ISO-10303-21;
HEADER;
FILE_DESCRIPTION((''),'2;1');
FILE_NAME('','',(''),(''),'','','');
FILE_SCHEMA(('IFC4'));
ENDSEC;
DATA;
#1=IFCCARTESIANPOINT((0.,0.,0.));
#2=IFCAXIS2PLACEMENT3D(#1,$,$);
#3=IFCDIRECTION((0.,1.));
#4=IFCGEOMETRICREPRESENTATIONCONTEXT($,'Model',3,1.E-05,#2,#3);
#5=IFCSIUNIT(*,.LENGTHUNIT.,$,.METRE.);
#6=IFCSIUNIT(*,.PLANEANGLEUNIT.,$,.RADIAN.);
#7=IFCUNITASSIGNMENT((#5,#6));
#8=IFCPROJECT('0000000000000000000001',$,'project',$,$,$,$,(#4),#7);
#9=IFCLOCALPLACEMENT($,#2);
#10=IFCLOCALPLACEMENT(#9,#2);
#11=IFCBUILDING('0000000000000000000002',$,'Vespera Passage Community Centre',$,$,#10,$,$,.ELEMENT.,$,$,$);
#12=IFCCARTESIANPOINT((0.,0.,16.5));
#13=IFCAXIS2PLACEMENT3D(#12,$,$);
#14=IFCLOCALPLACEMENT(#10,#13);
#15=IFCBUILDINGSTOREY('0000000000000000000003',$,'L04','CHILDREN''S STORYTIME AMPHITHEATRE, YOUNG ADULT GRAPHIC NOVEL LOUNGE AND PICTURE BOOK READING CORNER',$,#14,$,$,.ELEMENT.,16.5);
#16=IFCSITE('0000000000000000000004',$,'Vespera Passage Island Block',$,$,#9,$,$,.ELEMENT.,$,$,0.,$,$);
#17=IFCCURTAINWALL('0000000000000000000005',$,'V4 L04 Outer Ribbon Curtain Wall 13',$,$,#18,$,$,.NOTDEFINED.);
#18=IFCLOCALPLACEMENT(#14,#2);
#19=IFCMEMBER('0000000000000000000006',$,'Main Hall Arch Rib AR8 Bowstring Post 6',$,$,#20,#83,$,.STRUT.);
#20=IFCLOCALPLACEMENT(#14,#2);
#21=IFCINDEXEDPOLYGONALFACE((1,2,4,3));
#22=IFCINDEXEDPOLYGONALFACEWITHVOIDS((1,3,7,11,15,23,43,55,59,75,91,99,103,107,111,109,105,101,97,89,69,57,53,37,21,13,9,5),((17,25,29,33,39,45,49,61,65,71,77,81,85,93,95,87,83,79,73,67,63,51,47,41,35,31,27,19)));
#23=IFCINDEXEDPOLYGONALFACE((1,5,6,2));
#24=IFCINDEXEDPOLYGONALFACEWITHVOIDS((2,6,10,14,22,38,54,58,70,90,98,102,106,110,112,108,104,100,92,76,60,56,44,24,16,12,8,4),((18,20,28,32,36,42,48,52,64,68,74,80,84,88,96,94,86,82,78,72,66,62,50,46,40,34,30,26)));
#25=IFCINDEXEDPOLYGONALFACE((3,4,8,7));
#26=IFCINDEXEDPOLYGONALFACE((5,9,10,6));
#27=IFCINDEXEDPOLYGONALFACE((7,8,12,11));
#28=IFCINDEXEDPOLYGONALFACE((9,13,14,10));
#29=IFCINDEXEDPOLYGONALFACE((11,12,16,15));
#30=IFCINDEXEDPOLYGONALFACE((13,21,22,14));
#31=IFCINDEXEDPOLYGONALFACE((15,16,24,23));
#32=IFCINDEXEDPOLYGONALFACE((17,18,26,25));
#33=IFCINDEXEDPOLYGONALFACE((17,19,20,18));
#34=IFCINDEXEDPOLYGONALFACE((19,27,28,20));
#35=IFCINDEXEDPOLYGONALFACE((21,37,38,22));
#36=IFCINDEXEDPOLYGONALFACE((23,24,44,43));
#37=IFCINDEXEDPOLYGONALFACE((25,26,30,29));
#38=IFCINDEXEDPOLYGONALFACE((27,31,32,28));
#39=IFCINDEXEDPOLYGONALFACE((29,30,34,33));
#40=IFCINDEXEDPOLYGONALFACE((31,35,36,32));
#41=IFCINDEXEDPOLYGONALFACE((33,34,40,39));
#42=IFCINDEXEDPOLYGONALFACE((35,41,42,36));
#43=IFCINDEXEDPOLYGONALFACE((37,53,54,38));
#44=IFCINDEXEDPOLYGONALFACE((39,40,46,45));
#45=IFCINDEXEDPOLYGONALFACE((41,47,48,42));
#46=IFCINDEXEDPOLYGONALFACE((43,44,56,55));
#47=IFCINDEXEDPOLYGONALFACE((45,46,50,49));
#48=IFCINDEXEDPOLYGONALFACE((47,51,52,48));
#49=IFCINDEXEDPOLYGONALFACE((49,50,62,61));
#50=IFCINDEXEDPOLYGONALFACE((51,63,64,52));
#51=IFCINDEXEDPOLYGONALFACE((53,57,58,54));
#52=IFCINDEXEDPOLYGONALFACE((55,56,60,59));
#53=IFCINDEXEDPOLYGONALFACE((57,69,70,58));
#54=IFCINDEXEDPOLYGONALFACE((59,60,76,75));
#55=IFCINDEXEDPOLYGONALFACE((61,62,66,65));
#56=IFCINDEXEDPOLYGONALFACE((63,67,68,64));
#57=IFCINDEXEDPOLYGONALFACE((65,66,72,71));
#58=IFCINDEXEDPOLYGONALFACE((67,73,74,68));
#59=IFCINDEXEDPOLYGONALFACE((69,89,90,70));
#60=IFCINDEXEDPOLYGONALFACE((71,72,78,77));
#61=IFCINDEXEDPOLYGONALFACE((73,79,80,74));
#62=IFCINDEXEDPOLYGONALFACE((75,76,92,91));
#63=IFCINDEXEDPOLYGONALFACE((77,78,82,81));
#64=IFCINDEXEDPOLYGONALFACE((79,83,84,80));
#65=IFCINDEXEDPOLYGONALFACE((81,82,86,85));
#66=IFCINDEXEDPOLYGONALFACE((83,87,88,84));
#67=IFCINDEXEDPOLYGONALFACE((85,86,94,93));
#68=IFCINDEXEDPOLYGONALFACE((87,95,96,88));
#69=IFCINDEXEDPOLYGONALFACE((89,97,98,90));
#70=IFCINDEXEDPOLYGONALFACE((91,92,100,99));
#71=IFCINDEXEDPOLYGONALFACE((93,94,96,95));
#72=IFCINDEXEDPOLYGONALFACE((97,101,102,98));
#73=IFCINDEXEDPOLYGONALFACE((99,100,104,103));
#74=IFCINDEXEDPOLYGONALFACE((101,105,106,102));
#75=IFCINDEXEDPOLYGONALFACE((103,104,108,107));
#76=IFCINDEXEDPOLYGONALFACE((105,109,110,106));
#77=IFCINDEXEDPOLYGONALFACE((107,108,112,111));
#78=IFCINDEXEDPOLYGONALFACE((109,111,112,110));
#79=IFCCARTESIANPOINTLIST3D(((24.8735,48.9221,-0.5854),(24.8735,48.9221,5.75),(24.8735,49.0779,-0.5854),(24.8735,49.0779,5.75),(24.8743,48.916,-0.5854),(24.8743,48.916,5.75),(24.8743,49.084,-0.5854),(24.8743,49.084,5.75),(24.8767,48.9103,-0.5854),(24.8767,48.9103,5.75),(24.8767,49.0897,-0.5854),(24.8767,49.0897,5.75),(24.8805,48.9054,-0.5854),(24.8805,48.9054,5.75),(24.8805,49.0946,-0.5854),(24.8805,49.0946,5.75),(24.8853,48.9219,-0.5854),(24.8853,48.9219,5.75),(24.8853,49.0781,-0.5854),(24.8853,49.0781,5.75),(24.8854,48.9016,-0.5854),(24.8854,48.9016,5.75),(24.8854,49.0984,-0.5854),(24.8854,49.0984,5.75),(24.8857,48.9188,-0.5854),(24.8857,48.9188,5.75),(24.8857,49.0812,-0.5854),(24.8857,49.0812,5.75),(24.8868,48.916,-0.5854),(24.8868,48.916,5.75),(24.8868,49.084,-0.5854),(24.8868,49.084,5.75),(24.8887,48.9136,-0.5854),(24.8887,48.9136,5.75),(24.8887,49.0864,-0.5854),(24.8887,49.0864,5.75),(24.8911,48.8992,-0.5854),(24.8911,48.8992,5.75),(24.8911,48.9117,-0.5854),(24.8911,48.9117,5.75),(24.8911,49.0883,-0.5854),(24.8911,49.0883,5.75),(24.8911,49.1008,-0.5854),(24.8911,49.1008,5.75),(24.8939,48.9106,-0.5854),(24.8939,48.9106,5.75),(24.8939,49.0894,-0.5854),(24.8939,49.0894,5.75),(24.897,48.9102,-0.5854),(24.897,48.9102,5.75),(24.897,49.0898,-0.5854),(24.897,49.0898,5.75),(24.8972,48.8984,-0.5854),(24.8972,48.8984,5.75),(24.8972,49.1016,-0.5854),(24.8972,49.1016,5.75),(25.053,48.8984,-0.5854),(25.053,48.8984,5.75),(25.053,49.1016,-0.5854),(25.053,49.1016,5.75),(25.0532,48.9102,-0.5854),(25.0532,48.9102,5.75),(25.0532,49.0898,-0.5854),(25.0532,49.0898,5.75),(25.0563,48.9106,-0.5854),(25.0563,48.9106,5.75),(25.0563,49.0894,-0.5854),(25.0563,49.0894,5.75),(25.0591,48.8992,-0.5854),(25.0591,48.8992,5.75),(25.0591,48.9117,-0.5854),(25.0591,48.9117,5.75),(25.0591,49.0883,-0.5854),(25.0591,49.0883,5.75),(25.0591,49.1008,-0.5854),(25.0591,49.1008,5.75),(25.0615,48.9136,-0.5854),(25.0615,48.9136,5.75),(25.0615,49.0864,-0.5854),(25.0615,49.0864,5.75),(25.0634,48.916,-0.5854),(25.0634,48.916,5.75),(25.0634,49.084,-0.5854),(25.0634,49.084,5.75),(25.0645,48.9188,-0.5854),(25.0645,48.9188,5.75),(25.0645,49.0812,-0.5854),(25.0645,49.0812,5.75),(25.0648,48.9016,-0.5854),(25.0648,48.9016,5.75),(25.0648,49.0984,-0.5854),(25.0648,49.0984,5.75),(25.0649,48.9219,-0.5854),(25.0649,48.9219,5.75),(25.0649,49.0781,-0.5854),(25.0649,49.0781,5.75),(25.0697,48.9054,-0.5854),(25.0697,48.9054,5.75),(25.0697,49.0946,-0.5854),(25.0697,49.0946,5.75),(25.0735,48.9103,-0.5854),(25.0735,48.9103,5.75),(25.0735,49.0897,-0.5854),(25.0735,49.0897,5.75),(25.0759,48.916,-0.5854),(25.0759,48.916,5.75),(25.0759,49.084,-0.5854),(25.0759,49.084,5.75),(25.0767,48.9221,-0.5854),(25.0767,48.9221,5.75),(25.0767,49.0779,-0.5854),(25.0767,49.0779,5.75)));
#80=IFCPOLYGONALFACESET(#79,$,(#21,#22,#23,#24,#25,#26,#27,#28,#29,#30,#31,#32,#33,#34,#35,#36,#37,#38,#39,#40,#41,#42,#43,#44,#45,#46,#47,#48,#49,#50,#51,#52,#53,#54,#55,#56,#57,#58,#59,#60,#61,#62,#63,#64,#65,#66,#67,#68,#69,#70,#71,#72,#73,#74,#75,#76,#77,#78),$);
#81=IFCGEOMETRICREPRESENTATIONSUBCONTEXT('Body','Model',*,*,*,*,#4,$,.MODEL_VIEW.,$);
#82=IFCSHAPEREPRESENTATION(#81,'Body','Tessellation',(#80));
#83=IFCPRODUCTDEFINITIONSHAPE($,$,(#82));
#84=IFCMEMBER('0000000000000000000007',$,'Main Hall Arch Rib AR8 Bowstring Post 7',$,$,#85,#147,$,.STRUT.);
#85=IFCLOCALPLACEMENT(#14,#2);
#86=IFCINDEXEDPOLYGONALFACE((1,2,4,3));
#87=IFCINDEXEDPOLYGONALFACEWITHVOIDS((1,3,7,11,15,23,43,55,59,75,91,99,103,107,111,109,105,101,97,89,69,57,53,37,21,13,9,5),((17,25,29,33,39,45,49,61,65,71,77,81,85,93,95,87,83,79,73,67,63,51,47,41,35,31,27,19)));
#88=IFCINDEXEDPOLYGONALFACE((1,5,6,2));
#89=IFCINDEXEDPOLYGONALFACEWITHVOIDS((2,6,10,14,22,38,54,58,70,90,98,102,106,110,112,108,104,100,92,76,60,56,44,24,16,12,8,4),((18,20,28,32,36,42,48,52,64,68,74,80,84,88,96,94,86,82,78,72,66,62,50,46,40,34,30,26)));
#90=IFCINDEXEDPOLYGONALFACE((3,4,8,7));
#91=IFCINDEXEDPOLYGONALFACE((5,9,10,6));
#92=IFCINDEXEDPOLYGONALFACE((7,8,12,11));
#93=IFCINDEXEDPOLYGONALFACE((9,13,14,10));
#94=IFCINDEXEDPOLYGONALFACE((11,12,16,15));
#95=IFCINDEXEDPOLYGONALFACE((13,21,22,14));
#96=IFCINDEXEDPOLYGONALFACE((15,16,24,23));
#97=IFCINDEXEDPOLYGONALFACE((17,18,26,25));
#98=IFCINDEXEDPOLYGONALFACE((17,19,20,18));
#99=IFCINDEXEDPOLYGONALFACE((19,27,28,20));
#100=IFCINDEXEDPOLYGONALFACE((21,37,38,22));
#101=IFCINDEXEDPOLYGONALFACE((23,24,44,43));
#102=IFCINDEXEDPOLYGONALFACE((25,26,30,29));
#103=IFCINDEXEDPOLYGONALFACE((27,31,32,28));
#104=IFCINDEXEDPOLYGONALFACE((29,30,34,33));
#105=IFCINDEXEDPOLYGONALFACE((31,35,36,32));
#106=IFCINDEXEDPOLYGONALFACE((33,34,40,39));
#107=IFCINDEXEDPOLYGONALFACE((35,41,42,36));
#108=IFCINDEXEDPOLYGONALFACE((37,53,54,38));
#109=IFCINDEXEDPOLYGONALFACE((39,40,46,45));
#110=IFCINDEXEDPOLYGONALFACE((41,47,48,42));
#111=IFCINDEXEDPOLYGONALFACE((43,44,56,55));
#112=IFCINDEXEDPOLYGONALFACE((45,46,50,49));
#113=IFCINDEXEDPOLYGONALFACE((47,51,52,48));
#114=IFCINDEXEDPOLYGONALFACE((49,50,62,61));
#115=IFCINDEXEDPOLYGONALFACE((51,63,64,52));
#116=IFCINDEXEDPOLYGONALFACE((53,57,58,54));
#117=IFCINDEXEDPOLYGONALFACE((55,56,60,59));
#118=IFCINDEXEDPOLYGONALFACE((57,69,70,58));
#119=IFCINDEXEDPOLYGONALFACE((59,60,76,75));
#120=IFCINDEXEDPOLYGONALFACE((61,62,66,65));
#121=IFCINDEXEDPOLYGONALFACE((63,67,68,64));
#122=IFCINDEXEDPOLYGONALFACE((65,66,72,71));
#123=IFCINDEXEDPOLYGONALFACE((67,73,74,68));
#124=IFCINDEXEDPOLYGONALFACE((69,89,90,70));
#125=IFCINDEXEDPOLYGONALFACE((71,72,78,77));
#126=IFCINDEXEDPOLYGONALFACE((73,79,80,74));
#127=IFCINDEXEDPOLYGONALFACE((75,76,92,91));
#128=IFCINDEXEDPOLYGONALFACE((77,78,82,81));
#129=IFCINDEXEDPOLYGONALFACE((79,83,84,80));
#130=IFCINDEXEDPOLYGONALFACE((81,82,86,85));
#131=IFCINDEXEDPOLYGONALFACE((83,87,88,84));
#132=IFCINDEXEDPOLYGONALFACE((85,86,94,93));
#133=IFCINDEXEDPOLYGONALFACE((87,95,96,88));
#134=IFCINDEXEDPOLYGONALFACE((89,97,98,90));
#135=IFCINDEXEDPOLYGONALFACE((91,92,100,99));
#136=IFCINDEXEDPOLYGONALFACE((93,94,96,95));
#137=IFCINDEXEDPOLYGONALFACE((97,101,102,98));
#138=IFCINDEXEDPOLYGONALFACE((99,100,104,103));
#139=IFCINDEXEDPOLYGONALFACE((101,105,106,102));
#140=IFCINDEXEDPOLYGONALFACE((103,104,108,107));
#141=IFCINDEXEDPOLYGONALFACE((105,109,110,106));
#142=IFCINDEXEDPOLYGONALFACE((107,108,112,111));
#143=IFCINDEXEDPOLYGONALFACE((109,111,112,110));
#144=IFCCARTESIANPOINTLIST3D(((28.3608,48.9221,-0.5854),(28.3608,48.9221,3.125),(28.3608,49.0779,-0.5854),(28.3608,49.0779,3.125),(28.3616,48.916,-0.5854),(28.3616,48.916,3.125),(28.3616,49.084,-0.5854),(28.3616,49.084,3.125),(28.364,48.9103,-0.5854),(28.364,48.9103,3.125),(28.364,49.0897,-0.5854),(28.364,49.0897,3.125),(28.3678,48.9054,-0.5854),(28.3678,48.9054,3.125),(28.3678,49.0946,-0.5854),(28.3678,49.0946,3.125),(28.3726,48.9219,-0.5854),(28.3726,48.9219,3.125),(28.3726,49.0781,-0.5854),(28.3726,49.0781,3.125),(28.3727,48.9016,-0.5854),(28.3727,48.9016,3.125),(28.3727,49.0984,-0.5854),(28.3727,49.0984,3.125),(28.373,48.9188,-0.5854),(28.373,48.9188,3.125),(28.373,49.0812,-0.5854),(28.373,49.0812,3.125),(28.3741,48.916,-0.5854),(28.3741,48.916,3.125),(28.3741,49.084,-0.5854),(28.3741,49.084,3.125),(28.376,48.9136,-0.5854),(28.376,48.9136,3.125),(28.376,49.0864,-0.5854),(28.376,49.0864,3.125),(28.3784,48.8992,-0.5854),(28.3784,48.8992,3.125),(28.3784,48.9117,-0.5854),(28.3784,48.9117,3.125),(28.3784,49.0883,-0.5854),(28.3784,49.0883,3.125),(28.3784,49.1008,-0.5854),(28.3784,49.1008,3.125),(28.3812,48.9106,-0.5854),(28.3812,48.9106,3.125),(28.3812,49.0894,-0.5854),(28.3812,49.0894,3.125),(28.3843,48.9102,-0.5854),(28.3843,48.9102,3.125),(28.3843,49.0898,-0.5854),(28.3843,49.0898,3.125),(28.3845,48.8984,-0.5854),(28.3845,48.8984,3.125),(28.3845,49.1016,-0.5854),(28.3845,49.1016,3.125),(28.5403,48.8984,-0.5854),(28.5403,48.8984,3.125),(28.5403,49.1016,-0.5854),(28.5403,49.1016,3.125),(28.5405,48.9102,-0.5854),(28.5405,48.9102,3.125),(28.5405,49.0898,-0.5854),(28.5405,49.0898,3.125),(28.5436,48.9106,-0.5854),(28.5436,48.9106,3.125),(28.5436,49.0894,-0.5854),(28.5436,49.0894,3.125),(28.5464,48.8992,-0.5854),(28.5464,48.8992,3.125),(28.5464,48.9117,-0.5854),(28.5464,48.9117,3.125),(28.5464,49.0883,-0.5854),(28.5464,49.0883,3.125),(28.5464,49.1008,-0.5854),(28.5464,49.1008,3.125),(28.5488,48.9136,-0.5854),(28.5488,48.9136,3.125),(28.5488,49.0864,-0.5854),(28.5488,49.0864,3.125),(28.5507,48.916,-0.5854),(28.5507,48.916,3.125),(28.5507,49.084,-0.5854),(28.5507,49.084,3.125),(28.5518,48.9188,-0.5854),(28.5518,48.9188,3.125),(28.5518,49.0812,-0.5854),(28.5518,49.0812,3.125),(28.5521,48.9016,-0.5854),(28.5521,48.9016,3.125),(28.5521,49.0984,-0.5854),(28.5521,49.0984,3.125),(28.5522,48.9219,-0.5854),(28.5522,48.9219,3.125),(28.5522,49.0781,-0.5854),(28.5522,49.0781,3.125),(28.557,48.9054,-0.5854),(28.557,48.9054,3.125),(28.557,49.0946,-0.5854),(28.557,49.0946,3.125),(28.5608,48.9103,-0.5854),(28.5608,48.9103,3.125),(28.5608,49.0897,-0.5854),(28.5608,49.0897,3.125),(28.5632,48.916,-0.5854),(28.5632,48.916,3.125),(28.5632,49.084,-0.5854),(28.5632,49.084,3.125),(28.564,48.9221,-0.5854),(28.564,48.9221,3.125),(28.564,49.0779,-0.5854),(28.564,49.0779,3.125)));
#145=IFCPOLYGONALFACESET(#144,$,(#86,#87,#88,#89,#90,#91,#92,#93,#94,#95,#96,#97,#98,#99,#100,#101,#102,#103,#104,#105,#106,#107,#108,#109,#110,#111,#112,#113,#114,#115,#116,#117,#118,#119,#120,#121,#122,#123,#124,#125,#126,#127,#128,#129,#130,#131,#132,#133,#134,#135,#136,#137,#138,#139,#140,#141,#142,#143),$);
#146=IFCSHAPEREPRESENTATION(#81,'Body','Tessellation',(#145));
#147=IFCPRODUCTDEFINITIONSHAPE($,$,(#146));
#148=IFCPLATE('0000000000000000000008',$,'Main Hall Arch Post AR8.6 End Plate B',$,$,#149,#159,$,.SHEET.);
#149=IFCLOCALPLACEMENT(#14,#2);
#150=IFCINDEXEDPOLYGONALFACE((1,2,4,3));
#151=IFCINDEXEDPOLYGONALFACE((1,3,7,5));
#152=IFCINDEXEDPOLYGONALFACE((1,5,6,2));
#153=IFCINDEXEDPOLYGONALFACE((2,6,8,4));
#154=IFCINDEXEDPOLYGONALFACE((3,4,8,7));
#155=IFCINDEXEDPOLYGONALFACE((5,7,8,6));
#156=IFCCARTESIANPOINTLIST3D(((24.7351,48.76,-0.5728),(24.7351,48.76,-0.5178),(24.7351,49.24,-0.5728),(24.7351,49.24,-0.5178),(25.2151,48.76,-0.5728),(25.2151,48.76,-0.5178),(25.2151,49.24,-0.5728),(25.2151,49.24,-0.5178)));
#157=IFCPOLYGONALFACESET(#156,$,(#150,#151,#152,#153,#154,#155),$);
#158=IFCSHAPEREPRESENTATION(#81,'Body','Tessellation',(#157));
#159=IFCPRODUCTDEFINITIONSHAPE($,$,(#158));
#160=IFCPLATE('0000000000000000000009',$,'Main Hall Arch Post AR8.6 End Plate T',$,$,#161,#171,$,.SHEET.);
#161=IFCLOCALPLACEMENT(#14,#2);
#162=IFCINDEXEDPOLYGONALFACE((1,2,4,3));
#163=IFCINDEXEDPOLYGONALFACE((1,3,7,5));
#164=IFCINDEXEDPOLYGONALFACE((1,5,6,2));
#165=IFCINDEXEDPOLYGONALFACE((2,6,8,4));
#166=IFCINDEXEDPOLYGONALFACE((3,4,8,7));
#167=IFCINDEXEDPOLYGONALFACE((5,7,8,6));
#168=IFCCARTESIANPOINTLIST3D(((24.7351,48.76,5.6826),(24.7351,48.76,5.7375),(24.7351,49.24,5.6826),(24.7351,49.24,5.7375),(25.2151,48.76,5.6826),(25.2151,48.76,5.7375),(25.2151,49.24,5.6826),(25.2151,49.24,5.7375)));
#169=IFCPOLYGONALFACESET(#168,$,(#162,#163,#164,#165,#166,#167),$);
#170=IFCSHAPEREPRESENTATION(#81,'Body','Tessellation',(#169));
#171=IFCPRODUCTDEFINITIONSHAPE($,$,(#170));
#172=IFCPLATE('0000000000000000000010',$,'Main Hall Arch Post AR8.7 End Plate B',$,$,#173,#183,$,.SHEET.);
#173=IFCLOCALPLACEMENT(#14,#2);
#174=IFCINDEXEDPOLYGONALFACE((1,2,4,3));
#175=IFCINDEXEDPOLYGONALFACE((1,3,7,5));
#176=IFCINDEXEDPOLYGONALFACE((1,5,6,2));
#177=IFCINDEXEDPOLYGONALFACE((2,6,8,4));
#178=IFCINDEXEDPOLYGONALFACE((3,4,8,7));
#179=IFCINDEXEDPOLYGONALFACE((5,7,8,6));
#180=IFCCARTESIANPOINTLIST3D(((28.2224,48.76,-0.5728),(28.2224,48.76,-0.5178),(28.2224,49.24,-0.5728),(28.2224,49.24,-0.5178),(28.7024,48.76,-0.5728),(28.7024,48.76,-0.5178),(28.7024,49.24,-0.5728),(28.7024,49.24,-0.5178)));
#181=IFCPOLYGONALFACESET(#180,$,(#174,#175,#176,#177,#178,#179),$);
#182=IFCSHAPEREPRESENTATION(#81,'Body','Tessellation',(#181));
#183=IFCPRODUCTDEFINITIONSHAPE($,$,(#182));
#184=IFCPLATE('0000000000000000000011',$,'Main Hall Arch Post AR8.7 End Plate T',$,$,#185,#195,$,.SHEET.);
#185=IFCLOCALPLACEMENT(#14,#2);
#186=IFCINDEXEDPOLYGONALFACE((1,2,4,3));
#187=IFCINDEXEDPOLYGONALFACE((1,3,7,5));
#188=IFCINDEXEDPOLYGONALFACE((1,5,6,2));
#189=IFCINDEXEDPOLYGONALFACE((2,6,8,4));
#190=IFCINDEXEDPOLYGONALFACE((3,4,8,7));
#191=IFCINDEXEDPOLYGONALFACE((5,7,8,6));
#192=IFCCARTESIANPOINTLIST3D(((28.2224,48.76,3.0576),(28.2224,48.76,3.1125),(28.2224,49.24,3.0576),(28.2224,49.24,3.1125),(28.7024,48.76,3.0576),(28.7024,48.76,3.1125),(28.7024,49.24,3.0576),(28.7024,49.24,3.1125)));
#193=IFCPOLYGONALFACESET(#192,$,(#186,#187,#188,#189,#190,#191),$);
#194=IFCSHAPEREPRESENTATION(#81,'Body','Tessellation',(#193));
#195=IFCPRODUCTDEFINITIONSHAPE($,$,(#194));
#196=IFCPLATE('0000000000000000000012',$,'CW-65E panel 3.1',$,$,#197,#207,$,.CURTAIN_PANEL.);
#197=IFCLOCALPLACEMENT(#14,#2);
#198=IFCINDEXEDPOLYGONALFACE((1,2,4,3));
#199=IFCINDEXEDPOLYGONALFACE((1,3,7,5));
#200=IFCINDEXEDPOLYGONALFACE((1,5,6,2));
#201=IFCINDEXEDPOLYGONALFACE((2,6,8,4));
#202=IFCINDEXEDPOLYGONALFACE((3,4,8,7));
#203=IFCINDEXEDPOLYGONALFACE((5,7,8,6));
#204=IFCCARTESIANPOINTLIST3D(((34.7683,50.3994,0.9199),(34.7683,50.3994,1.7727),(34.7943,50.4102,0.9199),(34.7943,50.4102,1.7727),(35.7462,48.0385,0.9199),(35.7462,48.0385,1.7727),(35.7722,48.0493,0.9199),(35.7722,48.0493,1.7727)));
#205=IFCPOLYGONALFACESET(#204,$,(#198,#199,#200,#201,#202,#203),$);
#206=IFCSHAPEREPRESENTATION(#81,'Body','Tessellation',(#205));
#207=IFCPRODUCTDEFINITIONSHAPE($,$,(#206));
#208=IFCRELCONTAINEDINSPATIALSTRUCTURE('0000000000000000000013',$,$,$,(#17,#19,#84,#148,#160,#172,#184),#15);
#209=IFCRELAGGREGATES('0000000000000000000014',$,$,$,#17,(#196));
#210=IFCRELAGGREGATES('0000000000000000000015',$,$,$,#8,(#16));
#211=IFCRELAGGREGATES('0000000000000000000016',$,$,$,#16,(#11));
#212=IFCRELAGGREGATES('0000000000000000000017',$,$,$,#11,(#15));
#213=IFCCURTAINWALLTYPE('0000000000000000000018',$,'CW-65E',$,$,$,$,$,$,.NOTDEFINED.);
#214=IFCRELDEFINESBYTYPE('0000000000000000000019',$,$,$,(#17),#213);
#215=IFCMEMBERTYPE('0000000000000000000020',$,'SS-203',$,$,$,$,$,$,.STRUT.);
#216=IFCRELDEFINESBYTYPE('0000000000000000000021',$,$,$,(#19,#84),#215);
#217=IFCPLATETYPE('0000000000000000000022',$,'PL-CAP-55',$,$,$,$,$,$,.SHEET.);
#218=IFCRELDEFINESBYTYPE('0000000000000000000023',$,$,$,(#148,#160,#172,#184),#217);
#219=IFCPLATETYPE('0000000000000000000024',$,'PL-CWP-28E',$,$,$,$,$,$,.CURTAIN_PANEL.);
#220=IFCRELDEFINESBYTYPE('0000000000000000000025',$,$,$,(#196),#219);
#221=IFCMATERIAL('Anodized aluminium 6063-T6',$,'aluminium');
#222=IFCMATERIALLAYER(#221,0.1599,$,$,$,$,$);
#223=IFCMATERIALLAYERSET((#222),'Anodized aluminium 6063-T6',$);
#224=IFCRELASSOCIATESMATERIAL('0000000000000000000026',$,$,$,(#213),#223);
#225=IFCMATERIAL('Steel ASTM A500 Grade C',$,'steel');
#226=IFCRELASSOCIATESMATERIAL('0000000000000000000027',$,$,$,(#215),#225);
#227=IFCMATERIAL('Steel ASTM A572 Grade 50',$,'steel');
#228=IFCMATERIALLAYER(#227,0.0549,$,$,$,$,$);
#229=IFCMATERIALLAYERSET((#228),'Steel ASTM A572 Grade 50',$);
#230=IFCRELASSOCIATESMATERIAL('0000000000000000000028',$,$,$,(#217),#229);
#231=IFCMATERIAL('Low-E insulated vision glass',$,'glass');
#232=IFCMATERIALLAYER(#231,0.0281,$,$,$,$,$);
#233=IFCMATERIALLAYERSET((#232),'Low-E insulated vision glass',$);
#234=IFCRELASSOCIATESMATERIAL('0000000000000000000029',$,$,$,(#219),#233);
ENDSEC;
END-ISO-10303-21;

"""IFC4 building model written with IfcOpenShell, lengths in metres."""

from ifc_helpers import new_model, si_unit, direction, frame, origin, origin_2d, place, context, subcontext, project, spatial, rectangle, hollow_rectangle, extrude, material, layer, layer_set, material_profile, profile_set, type_object, element, aggregate, save


model = new_model("IFC4")

# Units and contexts
model_context = context("Model", 3, precision=1e-05, world=origin(), true_north=direction((0.0, 1.0)))
body_context = subcontext(model_context, "Body", "Model", "MODEL_VIEW")
ifc_project = project(units=[si_unit("LENGTHUNIT", "METRE"), si_unit("PLANEANGLEUNIT", "RADIAN")], contexts=[model_context])

# Site, building, storey
site_placement = place(None, origin())
site = spatial("IfcSite", under=ifc_project, at=site_placement, Name="Vespera Passage Island Block", CompositionType="ELEMENT", RefElevation=0.0)
building_placement = place(site_placement, origin())
building = spatial("IfcBuilding", under=site, at=building_placement, Name="Vespera Passage Community Centre", CompositionType="ELEMENT")
storey_placement = place(building_placement, frame((0.0, 0.0, 16.5)))
storey = spatial("IfcBuildingStorey", under=building, at=storey_placement, Name="L04", Description="CHILDREN'S STORYTIME AMPHITHEATRE, YOUNG ADULT GRAPHIC NOVEL LOUNGE AND PICTURE BOOK READING CORNER", CompositionType="ELEMENT", Elevation=16.5)

# Curtain wall
ifc_material_1 = material(Name="Anodized aluminium 6063-T6", Category="aluminium")
ifc_layer_1 = layer(ifc_material_1, 0.1599)
ifc_layer_set_1 = layer_set([ifc_layer_1], Name="Anodized aluminium 6063-T6")
curtain_wall_type = type_object("IfcCurtainWallType", Name="CW-65E", PredefinedType="NOTDEFINED", material=ifc_layer_set_1)
curtain_wall_placement = place(storey_placement, origin())
curtain_wall = element("IfcCurtainWall", 1, at=curtain_wall_placement, inside=storey, type_object=curtain_wall_type, Name="V4 L04 Outer Ribbon Curtain Wall 13", PredefinedType="NOTDEFINED")

# Members
ifc_material_2 = material(Name="Steel ASTM A500 Grade C", Category="steel")
ifc_material_profile_1 = material_profile(ifc_material_2, hollow_rectangle(XDim=0.2031, YDim=0.2031, WallThickness=0.0117, InnerFilletRadius=0.0117, OuterFilletRadius=0.0237, at=origin_2d()), Name="HSS203X203X12.7")
ifc_profile_set_1 = profile_set([ifc_material_profile_1], Name="Steel ASTM A500 Grade C")
member_type_1 = type_object("IfcMemberType", Name="SS-203", PredefinedType="STRUT", material=ifc_profile_set_1)
member_1_placement = place(storey_placement, frame((24.9751, 49.0, -0.5854), z_axis=(0.0, 0.0, 1.0), x_axis=(1.0, 0.0, 0.0)))
element("IfcMember", 2, at=member_1_placement, inside=storey, type_object=member_type_1, Name="Main Hall Arch Rib AR8 Bowstring Post 6", PredefinedType="STRUT", context=body_context, shape_type="SweptSolid", body=[
    extrude(hollow_rectangle(XDim=0.2031, YDim=0.2031, WallThickness=0.0117, InnerFilletRadius=0.0117, OuterFilletRadius=0.0237, at=origin_2d()), origin(), (0.0, 0.0, 1.0), 6.3354),
])
member_2_placement = place(storey_placement, frame((28.4624, 49.0, -0.5854), z_axis=(0.0, 0.0, 1.0), x_axis=(1.0, 0.0, 0.0)))
element("IfcMember", 3, at=member_2_placement, inside=storey, type_object=member_type_1, Name="Main Hall Arch Rib AR8 Bowstring Post 7", PredefinedType="STRUT", context=body_context, shape_type="SweptSolid", body=[
    extrude(hollow_rectangle(XDim=0.2031, YDim=0.2031, WallThickness=0.0117, InnerFilletRadius=0.0117, OuterFilletRadius=0.0237, at=origin_2d()), origin(), (0.0, 0.0, 1.0), 3.7104),
])

# Plates
ifc_material_3 = material(Name="Steel ASTM A572 Grade 50", Category="steel")
ifc_layer_2 = layer(ifc_material_3, 0.0549)
ifc_layer_set_2 = layer_set([ifc_layer_2], Name="Steel ASTM A572 Grade 50")
plate_type_1 = type_object("IfcPlateType", Name="PL-CAP-55", PredefinedType="SHEET", material=ifc_layer_set_2)
for number, where, z_axis, x_axis, name in (
    (4, (24.9751, 49.0, -0.5728), (0.0, 0.0, 1.0), (1.0, 0.0, 0.0), "Main Hall Arch Post AR8.6 End Plate B"),
    (5, (24.9751, 49.0, 5.6826), (0.0, 0.0, 1.0), (1.0, 0.0, 0.0), "Main Hall Arch Post AR8.6 End Plate T"),
    (6, (28.4624, 49.0, -0.5728), (0.0, 0.0, 1.0), (1.0, 0.0, 0.0), "Main Hall Arch Post AR8.7 End Plate B"),
    (7, (28.4624, 49.0, 3.0576), (0.0, 0.0, 1.0), (1.0, 0.0, 0.0), "Main Hall Arch Post AR8.7 End Plate T"),
):
    element("IfcPlate", number, at=place(storey_placement, frame(where, z_axis=z_axis, x_axis=x_axis)), inside=storey, type_object=plate_type_1, Name=name, PredefinedType="SHEET", context=body_context, shape_type="SweptSolid", body=[
        extrude(rectangle(XDim=0.48, YDim=0.48, at=origin_2d()), origin(), (0.0, 0.0, 1.0), 0.0549),
    ])

# Plate
ifc_material_4 = material(Name="Low-E insulated vision glass", Category="glass")
ifc_layer_3 = layer(ifc_material_4, 0.0281)
ifc_layer_set_3 = layer_set([ifc_layer_3], Name="Low-E insulated vision glass")
plate_type_2 = type_object("IfcPlateType", Name="PL-CWP-28E", PredefinedType="CURTAIN_PANEL", material=ifc_layer_set_3)
plate_1_placement = place(storey_placement, frame((35.2703, 49.2244, 0.9199), z_axis=(0.0, 0.0, 1.0), x_axis=(-0.382679, 0.923881, 0.0)))
plate_1 = element("IfcPlate", 8, at=plate_1_placement, type_object=plate_type_2, Name="CW-65E panel 3.1", PredefinedType="CURTAIN_PANEL", context=body_context, shape_type="SweptSolid", body=[
    extrude(rectangle(XDim=2.5554, YDim=0.0281, at=origin_2d()), origin(), (0.0, 0.0, 1.0), 0.8528),
])
aggregate(curtain_wall, [plate_1])

save(model, "model.ifc")
